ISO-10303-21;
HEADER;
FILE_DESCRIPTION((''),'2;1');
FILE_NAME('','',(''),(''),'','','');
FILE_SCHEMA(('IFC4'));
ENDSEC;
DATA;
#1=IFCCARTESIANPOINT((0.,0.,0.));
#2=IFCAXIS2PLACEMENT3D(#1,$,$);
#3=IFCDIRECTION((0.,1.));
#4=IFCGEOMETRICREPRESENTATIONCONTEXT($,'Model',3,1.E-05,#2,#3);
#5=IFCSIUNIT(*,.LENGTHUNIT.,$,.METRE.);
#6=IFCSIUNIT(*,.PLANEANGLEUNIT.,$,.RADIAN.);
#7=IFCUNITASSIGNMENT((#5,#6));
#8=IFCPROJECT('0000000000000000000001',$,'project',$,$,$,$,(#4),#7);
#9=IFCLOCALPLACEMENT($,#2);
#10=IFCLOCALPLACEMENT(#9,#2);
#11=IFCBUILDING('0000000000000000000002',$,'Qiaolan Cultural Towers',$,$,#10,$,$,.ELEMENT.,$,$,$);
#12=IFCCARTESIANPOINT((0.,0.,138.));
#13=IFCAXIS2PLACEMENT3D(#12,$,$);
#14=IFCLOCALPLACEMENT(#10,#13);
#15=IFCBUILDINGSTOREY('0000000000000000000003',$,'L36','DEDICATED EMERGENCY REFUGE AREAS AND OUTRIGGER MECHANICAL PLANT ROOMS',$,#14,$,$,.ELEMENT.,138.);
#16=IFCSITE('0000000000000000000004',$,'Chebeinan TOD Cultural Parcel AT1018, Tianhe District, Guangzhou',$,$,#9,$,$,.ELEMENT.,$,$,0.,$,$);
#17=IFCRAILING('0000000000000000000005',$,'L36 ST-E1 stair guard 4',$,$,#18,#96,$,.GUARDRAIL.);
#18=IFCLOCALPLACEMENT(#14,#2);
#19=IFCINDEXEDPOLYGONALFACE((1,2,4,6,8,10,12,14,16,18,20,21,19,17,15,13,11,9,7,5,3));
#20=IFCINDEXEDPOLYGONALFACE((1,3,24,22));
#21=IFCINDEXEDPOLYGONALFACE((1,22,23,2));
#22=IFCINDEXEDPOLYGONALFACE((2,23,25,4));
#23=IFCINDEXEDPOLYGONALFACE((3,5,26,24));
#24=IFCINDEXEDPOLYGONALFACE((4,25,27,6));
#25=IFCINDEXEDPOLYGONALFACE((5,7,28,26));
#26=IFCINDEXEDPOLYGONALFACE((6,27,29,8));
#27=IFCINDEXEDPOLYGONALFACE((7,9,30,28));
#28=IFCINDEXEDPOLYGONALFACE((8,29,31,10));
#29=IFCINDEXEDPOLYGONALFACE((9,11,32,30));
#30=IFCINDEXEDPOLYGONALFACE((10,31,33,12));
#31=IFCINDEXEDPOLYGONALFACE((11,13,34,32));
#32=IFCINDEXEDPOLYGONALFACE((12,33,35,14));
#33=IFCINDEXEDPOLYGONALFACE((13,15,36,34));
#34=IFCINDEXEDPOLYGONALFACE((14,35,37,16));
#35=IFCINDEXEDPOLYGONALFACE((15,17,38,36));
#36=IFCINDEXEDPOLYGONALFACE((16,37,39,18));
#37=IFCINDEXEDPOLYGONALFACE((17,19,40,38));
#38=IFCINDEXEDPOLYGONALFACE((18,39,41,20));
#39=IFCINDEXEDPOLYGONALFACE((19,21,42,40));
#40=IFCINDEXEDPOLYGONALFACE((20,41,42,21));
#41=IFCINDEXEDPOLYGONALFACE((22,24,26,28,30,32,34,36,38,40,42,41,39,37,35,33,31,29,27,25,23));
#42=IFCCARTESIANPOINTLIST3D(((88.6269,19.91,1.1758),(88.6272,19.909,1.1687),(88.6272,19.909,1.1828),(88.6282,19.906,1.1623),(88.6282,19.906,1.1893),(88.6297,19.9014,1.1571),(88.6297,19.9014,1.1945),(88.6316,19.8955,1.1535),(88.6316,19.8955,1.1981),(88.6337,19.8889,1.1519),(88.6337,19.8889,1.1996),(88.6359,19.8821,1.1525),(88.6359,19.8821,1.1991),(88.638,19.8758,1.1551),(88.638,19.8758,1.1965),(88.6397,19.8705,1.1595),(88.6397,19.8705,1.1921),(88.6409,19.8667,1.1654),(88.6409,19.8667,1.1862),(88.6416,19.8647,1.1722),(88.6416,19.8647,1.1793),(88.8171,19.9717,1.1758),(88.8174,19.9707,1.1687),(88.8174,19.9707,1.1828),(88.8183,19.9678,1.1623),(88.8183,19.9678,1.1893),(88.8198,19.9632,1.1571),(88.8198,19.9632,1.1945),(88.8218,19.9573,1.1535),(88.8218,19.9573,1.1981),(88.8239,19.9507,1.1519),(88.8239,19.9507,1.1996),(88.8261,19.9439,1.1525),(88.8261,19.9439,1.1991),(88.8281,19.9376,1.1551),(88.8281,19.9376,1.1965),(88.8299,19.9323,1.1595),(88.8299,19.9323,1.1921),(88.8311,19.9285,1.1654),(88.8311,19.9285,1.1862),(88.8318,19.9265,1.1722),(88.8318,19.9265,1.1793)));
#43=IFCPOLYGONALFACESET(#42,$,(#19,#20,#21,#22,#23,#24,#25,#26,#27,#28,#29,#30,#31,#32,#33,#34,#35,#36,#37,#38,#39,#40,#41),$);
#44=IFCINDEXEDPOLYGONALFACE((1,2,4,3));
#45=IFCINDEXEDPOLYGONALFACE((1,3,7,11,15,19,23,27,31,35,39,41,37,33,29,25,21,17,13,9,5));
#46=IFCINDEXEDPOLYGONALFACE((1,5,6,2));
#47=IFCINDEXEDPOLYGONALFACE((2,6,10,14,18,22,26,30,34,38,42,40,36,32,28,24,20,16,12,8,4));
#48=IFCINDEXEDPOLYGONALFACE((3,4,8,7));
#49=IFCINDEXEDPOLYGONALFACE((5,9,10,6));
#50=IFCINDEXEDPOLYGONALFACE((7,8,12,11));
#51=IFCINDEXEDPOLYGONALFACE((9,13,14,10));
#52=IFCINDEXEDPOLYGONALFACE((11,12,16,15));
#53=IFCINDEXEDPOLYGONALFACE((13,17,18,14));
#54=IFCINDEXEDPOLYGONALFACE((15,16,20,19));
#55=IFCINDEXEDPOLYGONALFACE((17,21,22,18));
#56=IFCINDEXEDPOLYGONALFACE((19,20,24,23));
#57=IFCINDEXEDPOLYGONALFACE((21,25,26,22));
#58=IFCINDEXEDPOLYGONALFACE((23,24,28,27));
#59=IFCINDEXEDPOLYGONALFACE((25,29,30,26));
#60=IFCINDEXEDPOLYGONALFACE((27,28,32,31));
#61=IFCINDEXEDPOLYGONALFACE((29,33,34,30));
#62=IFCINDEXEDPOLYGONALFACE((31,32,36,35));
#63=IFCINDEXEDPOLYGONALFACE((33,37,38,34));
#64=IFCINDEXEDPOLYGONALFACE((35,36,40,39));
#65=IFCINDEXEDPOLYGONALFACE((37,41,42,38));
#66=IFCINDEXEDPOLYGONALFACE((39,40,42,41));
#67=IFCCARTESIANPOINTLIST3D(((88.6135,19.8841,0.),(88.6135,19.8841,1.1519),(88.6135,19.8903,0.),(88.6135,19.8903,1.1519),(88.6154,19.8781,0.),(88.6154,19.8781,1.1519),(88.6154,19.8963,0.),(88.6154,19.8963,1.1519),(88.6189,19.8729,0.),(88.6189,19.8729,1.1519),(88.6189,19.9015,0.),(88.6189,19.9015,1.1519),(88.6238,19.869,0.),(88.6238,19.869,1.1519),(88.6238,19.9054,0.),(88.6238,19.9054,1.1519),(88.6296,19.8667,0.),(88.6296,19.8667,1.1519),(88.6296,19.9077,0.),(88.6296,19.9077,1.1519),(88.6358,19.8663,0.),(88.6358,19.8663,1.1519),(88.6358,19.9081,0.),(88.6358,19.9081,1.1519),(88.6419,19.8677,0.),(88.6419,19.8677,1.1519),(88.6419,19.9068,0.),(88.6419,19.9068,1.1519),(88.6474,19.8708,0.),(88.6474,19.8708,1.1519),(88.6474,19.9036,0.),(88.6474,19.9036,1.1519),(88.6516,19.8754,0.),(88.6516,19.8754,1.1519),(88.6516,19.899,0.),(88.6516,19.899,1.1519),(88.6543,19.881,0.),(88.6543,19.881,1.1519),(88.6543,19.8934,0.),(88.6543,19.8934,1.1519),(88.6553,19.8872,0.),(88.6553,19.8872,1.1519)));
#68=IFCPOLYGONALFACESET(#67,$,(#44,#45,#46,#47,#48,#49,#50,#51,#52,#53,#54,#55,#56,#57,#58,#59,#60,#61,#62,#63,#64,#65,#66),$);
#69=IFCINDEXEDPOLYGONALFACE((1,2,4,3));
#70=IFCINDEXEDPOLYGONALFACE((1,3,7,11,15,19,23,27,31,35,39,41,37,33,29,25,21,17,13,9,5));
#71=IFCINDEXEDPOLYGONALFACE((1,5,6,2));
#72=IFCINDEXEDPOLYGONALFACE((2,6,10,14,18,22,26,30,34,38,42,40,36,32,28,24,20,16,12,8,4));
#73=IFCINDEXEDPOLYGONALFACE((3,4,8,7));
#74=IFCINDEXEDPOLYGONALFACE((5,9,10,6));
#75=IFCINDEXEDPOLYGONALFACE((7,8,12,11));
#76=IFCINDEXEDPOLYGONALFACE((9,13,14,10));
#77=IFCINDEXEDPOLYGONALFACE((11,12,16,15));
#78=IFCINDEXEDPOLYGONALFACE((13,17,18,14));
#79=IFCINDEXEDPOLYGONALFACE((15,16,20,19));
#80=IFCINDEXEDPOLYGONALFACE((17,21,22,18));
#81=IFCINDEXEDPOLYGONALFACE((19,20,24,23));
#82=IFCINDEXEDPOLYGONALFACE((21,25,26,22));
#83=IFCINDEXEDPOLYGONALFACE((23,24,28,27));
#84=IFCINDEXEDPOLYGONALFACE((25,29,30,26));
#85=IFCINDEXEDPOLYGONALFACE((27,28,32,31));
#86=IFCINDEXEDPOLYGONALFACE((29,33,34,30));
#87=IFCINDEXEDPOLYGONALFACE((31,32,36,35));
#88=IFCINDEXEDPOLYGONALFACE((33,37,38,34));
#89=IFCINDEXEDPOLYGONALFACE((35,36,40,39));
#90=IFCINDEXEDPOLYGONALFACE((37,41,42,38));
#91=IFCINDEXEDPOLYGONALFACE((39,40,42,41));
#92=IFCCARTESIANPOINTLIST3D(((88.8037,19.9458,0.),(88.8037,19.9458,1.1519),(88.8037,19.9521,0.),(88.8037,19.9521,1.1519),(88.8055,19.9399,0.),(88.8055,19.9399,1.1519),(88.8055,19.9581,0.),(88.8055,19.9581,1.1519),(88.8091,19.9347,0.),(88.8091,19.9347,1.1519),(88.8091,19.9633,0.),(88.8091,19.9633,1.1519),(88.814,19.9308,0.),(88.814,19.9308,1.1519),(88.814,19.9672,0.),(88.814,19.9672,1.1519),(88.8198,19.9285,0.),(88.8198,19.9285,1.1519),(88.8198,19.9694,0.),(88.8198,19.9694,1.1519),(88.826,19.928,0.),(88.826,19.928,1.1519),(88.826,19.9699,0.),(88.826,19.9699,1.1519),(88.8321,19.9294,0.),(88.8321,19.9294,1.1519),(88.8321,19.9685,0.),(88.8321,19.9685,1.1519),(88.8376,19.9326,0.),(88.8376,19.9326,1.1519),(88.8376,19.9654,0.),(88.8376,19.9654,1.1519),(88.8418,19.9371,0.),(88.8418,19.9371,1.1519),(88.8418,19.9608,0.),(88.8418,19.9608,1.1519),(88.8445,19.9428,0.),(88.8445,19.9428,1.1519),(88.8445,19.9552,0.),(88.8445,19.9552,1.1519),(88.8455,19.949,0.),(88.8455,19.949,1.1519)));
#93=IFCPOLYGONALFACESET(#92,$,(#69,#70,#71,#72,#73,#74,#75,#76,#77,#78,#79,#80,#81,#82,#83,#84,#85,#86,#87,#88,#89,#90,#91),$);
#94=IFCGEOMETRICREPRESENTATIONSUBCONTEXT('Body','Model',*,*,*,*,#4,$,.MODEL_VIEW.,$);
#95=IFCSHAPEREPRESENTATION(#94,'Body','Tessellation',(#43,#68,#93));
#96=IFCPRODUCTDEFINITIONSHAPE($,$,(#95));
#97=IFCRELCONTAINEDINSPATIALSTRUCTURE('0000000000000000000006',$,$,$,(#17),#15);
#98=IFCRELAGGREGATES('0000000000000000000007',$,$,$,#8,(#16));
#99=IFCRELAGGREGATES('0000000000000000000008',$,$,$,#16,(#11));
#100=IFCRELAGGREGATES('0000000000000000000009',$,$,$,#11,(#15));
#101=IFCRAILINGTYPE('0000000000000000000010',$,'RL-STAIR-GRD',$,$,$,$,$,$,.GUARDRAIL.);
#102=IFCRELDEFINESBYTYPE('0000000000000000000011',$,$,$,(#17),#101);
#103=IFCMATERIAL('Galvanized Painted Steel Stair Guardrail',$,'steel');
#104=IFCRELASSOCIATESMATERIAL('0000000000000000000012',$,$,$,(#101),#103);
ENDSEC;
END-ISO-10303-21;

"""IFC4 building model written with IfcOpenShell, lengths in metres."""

from ifc_helpers import new_model, si_unit, direction, frame, origin, origin_2d, place, context, subcontext, project, spatial, circle, extrude, material, type_object, element, save


model = new_model("IFC4")

# Units and contexts
model_context = context("Model", 3, precision=1e-05, world=origin(), true_north=direction((0.0, 1.0)))
body_context = subcontext(model_context, "Body", "Model", "MODEL_VIEW")
ifc_project = project(units=[si_unit("LENGTHUNIT", "METRE"), si_unit("PLANEANGLEUNIT", "RADIAN")], contexts=[model_context])

# Site, building, storey
site_placement = place(None, origin())
site = spatial("IfcSite", under=ifc_project, at=site_placement, Name="Chebeinan TOD Cultural Parcel AT1018, Tianhe District, Guangzhou", CompositionType="ELEMENT", RefElevation=0.0)
building_placement = place(site_placement, origin())
building = spatial("IfcBuilding", under=site, at=building_placement, Name="Qiaolan Cultural Towers", CompositionType="ELEMENT")
storey_placement = place(building_placement, frame((0.0, 0.0, 138.0)))
storey = spatial("IfcBuildingStorey", under=building, at=storey_placement, Name="L36", Description="DEDICATED EMERGENCY REFUGE AREAS AND OUTRIGGER MECHANICAL PLANT ROOMS", CompositionType="ELEMENT", Elevation=138.0)

# Railing
ifc_material_1 = material(Name="Galvanized Painted Steel Stair Guardrail", Category="steel")
railing_type_1 = type_object("IfcRailingType", Name="RL-STAIR-GRD", PredefinedType="GUARDRAIL", material=ifc_material_1)
railing_1_placement = place(storey_placement, frame((88.6343, 19.8872, 0.0)))
element("IfcRailing", 1, at=railing_1_placement, inside=storey, type_object=railing_type_1, Name="L36 ST-E1 stair guard 4", PredefinedType="GUARDRAIL", context=body_context, shape_type="SweptSolid", body=[
    extrude(circle(Radius=0.0239, at=origin_2d()), frame((0.0, 0.0, 1.1758), z_axis=(0.951097, 0.308893, 0.0), x_axis=(-0.308893, 0.951097, 0.0)), (0.0, 0.0, 1.0), 0.2),
    extrude(circle(Radius=0.021, at=origin_2d()), origin(), (0.0, 0.0, 1.0), 1.1519),
    extrude(circle(Radius=0.021, at=origin_2d()), frame((0.1902, 0.0618, 0.0)), (0.0, 0.0, 1.0), 1.1519),
])

save(model, "model.ifc")
